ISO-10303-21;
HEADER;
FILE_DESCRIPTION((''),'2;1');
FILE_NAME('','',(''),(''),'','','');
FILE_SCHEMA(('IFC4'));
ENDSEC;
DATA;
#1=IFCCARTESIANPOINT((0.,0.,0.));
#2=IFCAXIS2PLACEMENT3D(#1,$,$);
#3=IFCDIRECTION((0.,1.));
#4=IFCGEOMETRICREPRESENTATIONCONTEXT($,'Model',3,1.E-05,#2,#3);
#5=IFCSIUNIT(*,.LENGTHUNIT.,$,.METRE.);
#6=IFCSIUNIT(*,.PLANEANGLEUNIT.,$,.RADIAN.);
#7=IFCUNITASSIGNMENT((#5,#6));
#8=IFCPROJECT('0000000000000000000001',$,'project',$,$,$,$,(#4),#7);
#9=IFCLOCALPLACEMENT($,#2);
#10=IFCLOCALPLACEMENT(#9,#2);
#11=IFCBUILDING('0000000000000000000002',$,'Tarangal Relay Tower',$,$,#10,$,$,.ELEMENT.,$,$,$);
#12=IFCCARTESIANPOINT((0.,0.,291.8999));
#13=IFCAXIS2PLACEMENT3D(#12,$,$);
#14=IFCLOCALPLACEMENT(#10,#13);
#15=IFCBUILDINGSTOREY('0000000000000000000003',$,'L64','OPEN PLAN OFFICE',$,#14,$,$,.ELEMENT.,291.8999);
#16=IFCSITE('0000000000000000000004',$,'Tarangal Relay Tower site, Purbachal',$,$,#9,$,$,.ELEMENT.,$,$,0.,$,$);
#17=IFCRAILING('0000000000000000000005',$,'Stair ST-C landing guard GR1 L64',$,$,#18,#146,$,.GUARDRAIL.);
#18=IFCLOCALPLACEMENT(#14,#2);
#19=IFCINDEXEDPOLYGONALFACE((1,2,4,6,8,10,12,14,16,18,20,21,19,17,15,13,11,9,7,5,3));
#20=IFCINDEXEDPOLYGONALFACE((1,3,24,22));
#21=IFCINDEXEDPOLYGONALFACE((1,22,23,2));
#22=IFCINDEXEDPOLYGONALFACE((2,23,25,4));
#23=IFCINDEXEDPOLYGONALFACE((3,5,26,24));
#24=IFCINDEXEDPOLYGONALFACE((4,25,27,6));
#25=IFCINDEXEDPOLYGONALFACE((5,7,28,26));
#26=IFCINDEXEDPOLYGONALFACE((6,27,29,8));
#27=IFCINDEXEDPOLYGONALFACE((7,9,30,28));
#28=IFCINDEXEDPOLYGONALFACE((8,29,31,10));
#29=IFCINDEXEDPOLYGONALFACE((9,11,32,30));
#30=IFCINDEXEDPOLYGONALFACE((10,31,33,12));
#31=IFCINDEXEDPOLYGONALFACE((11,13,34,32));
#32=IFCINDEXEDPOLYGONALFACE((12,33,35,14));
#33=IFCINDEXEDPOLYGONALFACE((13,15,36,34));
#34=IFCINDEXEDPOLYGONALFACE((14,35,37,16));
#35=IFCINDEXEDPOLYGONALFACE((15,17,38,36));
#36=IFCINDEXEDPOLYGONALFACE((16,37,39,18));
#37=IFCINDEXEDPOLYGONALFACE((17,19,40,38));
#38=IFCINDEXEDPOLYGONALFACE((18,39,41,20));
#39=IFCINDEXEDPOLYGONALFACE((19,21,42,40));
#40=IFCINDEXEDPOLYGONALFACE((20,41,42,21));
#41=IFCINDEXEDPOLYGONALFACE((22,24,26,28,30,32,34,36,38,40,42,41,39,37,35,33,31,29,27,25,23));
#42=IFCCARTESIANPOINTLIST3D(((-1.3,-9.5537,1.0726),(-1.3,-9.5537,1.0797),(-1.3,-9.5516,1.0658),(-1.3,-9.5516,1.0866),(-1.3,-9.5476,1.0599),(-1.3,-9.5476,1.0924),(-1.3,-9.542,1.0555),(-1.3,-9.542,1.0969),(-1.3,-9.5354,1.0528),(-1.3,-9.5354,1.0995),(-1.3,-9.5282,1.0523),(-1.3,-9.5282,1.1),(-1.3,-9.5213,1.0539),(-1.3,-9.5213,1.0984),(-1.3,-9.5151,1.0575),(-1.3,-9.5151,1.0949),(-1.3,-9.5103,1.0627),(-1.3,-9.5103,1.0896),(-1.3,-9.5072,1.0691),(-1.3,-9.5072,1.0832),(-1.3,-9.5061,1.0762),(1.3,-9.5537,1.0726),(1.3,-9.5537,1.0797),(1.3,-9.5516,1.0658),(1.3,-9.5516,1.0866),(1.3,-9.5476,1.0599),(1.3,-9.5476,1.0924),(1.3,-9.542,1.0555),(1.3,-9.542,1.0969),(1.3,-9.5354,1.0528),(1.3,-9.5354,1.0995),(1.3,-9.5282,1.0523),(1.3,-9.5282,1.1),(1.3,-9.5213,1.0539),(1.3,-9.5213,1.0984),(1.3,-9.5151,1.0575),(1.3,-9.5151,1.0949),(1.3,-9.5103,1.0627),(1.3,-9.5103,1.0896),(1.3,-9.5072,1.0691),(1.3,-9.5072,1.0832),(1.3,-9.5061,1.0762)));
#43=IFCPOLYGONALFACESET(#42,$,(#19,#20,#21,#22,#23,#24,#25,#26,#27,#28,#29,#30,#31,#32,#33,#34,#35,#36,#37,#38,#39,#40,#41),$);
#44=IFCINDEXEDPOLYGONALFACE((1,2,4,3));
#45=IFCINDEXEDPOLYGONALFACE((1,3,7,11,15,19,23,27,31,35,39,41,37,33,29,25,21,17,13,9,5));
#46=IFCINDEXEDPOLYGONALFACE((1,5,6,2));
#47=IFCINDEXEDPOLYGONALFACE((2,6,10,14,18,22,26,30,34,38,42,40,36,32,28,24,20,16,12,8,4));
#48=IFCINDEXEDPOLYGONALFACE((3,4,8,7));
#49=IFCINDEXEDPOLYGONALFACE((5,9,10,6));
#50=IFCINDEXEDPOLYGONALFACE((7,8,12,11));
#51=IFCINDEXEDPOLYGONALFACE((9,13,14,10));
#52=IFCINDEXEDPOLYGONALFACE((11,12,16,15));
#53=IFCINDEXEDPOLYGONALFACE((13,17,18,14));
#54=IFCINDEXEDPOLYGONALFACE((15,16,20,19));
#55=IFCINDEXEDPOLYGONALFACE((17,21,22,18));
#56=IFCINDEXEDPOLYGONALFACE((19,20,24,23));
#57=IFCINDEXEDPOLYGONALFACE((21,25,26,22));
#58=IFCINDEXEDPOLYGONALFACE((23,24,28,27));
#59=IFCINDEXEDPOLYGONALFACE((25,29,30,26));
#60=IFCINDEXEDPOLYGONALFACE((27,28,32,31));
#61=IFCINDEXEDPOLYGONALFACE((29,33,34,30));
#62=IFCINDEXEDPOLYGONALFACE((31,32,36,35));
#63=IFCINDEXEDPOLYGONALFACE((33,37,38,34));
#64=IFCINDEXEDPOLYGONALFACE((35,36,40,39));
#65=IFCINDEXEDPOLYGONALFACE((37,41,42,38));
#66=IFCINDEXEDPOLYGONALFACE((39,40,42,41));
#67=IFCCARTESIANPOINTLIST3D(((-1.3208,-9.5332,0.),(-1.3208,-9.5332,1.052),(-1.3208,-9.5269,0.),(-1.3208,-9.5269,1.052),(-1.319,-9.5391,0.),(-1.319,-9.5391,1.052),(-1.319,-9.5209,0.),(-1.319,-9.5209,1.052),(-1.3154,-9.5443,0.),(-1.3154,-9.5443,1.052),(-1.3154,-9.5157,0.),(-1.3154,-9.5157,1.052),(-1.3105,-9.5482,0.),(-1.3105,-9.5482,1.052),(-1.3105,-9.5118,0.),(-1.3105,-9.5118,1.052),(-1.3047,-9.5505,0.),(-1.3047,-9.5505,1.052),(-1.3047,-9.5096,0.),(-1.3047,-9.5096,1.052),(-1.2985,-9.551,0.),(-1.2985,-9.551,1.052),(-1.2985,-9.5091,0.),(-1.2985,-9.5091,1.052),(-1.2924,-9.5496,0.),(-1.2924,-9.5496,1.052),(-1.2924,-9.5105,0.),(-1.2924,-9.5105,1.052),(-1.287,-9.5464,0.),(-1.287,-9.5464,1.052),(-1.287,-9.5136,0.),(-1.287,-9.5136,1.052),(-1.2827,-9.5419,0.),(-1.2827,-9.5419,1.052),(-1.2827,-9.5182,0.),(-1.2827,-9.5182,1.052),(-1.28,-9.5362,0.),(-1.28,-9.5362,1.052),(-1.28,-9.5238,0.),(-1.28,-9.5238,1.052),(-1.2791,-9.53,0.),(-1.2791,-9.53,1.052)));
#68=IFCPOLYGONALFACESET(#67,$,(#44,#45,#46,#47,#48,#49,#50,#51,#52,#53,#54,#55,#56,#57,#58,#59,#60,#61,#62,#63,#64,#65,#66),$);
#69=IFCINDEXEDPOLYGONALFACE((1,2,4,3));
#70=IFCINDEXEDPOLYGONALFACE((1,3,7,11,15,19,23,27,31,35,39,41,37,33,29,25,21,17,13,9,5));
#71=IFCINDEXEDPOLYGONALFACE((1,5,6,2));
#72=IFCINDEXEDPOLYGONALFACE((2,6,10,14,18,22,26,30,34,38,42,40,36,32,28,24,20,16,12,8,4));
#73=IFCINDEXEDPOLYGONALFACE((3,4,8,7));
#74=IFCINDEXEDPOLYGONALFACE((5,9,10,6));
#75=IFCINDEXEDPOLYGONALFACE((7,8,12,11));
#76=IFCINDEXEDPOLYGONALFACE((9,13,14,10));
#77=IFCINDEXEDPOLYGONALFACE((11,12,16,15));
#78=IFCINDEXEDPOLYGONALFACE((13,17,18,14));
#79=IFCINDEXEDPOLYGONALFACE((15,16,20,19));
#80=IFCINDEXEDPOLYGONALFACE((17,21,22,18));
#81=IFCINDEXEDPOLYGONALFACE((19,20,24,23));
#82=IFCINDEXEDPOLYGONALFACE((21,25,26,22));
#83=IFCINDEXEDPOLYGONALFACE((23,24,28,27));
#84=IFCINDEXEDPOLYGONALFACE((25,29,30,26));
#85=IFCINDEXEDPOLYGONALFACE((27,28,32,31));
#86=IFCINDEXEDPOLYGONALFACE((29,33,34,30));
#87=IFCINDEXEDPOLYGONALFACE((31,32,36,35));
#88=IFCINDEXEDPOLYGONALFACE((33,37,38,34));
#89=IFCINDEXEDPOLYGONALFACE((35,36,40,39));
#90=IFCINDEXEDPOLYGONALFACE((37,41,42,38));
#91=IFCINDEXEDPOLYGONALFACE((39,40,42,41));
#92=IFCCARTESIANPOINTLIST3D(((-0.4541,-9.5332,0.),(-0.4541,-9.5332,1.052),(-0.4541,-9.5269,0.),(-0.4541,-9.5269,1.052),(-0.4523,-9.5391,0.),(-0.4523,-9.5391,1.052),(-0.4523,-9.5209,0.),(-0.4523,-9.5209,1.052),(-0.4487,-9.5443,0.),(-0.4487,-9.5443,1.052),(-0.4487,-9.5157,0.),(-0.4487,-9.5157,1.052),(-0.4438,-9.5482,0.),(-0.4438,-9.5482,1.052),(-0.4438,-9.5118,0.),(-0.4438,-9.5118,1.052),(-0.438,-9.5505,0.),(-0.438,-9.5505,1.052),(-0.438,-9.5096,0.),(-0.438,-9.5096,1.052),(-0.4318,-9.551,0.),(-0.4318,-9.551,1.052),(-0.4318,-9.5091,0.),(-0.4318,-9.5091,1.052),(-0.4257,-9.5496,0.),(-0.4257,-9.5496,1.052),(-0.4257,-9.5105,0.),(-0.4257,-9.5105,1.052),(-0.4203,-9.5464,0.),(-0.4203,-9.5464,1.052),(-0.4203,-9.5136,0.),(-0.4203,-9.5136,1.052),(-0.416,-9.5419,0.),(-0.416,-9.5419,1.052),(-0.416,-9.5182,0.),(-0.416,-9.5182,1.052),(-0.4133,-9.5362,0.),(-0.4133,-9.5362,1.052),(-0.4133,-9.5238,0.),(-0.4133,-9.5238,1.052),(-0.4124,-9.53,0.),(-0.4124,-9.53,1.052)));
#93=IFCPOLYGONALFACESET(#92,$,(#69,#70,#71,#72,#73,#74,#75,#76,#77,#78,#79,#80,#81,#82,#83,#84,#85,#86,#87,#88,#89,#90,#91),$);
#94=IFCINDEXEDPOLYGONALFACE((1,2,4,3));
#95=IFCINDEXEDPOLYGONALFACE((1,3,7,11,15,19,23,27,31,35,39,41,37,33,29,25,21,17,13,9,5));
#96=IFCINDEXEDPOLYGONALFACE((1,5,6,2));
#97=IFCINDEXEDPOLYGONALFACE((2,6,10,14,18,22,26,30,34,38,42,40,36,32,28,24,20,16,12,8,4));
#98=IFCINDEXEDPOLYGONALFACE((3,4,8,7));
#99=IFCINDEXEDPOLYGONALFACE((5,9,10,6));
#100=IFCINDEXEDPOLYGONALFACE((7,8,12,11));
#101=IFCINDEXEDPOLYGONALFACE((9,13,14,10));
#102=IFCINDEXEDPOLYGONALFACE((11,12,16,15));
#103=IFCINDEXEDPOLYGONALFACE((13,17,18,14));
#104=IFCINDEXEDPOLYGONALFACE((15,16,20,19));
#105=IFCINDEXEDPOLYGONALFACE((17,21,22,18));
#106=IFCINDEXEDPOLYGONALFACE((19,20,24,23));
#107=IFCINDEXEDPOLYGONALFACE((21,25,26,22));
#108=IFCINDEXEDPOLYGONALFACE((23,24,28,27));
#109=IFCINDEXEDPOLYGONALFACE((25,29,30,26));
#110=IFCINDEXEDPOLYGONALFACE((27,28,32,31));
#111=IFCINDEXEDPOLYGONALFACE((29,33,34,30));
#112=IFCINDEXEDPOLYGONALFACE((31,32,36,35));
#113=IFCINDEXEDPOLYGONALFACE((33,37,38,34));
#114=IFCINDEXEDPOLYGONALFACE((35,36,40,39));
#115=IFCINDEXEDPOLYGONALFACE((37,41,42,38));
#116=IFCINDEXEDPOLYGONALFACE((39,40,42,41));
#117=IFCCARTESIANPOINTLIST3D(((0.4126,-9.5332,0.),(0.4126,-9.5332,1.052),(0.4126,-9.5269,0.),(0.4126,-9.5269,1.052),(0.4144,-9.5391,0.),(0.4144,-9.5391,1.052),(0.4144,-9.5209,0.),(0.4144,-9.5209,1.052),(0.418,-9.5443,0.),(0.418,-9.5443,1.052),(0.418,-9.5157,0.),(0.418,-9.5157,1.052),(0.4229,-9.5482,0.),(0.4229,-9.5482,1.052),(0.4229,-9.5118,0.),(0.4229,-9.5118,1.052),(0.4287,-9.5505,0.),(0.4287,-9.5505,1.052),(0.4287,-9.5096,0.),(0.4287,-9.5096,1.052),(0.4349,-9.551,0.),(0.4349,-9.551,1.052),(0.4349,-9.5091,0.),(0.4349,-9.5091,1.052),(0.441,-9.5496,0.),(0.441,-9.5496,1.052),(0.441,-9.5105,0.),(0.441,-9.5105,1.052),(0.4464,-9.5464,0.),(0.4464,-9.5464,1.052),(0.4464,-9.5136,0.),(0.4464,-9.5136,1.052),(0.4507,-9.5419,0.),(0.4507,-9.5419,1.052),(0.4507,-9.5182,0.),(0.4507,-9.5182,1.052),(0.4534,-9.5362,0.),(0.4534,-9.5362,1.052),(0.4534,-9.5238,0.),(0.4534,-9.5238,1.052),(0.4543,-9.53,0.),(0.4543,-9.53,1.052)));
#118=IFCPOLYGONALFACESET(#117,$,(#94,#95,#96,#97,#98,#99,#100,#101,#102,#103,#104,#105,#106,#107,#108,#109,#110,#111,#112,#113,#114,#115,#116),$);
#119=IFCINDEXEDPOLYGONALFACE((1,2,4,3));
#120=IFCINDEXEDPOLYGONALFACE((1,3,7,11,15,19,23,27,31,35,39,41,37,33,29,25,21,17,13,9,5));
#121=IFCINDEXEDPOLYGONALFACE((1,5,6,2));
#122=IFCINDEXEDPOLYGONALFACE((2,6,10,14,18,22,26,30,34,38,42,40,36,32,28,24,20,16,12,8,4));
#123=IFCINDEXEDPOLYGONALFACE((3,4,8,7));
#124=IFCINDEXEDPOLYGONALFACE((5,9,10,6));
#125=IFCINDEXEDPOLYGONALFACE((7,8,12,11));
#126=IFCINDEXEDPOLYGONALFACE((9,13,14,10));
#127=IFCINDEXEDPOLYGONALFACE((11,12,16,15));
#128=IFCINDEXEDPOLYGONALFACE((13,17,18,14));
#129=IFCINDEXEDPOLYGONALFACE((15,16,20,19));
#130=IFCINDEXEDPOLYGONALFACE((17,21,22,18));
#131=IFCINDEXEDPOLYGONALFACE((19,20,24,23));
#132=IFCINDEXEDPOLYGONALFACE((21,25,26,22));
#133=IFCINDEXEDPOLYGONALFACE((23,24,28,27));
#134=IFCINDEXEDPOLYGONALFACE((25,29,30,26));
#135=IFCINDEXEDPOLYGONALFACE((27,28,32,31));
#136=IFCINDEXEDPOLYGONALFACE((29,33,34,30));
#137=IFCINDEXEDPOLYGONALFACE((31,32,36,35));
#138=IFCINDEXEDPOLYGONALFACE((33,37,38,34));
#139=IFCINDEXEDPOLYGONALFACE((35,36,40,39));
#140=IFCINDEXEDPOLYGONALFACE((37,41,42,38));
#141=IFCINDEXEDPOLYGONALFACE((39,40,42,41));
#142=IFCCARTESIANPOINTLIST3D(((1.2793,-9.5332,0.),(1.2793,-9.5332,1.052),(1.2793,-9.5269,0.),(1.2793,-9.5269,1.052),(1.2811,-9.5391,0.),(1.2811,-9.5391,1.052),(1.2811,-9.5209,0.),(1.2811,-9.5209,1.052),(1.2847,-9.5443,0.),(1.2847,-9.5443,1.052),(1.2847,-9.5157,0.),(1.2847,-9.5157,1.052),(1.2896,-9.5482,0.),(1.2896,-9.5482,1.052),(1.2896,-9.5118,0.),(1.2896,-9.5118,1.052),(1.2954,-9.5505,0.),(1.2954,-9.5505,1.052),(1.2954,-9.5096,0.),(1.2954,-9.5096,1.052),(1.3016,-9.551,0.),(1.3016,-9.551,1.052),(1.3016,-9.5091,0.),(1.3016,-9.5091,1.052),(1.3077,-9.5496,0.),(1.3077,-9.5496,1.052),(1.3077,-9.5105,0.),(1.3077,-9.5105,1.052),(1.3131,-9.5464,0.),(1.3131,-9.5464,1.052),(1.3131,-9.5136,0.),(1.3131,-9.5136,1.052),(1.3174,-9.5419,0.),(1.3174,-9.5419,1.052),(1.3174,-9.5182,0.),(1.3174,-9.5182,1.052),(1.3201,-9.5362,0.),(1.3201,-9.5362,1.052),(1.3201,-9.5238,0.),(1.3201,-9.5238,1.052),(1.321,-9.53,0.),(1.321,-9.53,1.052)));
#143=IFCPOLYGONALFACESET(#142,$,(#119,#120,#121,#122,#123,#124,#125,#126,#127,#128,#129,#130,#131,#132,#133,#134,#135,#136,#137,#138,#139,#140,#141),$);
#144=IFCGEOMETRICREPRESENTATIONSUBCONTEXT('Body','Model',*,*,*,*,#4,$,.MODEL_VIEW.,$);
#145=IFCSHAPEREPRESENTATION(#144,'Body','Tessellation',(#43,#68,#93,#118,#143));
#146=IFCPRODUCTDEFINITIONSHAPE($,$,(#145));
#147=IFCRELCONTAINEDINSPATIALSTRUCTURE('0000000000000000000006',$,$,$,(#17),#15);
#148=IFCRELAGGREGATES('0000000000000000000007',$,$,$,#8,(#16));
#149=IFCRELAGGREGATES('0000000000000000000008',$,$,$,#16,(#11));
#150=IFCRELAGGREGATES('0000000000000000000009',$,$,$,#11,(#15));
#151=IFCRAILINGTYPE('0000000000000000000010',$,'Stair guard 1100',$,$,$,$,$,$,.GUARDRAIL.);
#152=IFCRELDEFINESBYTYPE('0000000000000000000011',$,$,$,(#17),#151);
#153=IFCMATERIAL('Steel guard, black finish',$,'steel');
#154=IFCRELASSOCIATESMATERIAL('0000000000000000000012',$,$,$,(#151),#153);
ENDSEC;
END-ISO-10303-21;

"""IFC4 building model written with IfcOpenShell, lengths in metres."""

from ifc_helpers import new_model, si_unit, direction, frame, origin, origin_2d, place, context, subcontext, project, spatial, circle, extrude, material, type_object, element, save


model = new_model("IFC4")

# Units and contexts
model_context = context("Model", 3, precision=1e-05, world=origin(), true_north=direction((0.0, 1.0)))
body_context = subcontext(model_context, "Body", "Model", "MODEL_VIEW")
ifc_project = project(units=[si_unit("LENGTHUNIT", "METRE"), si_unit("PLANEANGLEUNIT", "RADIAN")], contexts=[model_context])

# Site, building, storey
site_placement = place(None, origin())
site = spatial("IfcSite", under=ifc_project, at=site_placement, Name="Tarangal Relay Tower site, Purbachal", CompositionType="ELEMENT", RefElevation=0.0)
building_placement = place(site_placement, origin())
building = spatial("IfcBuilding", under=site, at=building_placement, Name="Tarangal Relay Tower", CompositionType="ELEMENT")
storey_placement = place(building_placement, frame((0.0, 0.0, 291.8999)))
storey = spatial("IfcBuildingStorey", under=building, at=storey_placement, Name="L64", Description="OPEN PLAN OFFICE", CompositionType="ELEMENT", Elevation=291.8999)

# Railing
ifc_material_1 = material(Name="Steel guard, black finish", Category="steel")
railing_type_1 = type_object("IfcRailingType", Name="Stair guard 1100", PredefinedType="GUARDRAIL", material=ifc_material_1)
railing_1_placement = place(storey_placement, frame((-1.3, -9.53, 0.0)))
element("IfcRailing", 1, at=railing_1_placement, inside=storey, type_object=railing_type_1, Name="Stair ST-C landing guard GR1 L64", PredefinedType="GUARDRAIL", context=body_context, shape_type="SweptSolid", body=[
    extrude(circle(Radius=0.0239, at=origin_2d()), frame((0.0, 0.0, 1.0762), z_axis=(1.0, 0.0, 0.0), x_axis=(0.0, 1.0, 0.0)), (0.0, 0.0, 1.0), 2.6001),
    extrude(circle(Radius=0.021, at=origin_2d()), origin(), (0.0, 0.0, 1.0), 1.052),
    extrude(circle(Radius=0.021, at=origin_2d()), frame((0.8667, 0.0, 0.0)), (0.0, 0.0, 1.0), 1.052),
    extrude(circle(Radius=0.021, at=origin_2d()), frame((1.7334, 0.0, 0.0)), (0.0, 0.0, 1.0), 1.052),
    extrude(circle(Radius=0.021, at=origin_2d()), frame((2.6001, 0.0, 0.0)), (0.0, 0.0, 1.0), 1.052),
])

save(model, "model.ifc")
